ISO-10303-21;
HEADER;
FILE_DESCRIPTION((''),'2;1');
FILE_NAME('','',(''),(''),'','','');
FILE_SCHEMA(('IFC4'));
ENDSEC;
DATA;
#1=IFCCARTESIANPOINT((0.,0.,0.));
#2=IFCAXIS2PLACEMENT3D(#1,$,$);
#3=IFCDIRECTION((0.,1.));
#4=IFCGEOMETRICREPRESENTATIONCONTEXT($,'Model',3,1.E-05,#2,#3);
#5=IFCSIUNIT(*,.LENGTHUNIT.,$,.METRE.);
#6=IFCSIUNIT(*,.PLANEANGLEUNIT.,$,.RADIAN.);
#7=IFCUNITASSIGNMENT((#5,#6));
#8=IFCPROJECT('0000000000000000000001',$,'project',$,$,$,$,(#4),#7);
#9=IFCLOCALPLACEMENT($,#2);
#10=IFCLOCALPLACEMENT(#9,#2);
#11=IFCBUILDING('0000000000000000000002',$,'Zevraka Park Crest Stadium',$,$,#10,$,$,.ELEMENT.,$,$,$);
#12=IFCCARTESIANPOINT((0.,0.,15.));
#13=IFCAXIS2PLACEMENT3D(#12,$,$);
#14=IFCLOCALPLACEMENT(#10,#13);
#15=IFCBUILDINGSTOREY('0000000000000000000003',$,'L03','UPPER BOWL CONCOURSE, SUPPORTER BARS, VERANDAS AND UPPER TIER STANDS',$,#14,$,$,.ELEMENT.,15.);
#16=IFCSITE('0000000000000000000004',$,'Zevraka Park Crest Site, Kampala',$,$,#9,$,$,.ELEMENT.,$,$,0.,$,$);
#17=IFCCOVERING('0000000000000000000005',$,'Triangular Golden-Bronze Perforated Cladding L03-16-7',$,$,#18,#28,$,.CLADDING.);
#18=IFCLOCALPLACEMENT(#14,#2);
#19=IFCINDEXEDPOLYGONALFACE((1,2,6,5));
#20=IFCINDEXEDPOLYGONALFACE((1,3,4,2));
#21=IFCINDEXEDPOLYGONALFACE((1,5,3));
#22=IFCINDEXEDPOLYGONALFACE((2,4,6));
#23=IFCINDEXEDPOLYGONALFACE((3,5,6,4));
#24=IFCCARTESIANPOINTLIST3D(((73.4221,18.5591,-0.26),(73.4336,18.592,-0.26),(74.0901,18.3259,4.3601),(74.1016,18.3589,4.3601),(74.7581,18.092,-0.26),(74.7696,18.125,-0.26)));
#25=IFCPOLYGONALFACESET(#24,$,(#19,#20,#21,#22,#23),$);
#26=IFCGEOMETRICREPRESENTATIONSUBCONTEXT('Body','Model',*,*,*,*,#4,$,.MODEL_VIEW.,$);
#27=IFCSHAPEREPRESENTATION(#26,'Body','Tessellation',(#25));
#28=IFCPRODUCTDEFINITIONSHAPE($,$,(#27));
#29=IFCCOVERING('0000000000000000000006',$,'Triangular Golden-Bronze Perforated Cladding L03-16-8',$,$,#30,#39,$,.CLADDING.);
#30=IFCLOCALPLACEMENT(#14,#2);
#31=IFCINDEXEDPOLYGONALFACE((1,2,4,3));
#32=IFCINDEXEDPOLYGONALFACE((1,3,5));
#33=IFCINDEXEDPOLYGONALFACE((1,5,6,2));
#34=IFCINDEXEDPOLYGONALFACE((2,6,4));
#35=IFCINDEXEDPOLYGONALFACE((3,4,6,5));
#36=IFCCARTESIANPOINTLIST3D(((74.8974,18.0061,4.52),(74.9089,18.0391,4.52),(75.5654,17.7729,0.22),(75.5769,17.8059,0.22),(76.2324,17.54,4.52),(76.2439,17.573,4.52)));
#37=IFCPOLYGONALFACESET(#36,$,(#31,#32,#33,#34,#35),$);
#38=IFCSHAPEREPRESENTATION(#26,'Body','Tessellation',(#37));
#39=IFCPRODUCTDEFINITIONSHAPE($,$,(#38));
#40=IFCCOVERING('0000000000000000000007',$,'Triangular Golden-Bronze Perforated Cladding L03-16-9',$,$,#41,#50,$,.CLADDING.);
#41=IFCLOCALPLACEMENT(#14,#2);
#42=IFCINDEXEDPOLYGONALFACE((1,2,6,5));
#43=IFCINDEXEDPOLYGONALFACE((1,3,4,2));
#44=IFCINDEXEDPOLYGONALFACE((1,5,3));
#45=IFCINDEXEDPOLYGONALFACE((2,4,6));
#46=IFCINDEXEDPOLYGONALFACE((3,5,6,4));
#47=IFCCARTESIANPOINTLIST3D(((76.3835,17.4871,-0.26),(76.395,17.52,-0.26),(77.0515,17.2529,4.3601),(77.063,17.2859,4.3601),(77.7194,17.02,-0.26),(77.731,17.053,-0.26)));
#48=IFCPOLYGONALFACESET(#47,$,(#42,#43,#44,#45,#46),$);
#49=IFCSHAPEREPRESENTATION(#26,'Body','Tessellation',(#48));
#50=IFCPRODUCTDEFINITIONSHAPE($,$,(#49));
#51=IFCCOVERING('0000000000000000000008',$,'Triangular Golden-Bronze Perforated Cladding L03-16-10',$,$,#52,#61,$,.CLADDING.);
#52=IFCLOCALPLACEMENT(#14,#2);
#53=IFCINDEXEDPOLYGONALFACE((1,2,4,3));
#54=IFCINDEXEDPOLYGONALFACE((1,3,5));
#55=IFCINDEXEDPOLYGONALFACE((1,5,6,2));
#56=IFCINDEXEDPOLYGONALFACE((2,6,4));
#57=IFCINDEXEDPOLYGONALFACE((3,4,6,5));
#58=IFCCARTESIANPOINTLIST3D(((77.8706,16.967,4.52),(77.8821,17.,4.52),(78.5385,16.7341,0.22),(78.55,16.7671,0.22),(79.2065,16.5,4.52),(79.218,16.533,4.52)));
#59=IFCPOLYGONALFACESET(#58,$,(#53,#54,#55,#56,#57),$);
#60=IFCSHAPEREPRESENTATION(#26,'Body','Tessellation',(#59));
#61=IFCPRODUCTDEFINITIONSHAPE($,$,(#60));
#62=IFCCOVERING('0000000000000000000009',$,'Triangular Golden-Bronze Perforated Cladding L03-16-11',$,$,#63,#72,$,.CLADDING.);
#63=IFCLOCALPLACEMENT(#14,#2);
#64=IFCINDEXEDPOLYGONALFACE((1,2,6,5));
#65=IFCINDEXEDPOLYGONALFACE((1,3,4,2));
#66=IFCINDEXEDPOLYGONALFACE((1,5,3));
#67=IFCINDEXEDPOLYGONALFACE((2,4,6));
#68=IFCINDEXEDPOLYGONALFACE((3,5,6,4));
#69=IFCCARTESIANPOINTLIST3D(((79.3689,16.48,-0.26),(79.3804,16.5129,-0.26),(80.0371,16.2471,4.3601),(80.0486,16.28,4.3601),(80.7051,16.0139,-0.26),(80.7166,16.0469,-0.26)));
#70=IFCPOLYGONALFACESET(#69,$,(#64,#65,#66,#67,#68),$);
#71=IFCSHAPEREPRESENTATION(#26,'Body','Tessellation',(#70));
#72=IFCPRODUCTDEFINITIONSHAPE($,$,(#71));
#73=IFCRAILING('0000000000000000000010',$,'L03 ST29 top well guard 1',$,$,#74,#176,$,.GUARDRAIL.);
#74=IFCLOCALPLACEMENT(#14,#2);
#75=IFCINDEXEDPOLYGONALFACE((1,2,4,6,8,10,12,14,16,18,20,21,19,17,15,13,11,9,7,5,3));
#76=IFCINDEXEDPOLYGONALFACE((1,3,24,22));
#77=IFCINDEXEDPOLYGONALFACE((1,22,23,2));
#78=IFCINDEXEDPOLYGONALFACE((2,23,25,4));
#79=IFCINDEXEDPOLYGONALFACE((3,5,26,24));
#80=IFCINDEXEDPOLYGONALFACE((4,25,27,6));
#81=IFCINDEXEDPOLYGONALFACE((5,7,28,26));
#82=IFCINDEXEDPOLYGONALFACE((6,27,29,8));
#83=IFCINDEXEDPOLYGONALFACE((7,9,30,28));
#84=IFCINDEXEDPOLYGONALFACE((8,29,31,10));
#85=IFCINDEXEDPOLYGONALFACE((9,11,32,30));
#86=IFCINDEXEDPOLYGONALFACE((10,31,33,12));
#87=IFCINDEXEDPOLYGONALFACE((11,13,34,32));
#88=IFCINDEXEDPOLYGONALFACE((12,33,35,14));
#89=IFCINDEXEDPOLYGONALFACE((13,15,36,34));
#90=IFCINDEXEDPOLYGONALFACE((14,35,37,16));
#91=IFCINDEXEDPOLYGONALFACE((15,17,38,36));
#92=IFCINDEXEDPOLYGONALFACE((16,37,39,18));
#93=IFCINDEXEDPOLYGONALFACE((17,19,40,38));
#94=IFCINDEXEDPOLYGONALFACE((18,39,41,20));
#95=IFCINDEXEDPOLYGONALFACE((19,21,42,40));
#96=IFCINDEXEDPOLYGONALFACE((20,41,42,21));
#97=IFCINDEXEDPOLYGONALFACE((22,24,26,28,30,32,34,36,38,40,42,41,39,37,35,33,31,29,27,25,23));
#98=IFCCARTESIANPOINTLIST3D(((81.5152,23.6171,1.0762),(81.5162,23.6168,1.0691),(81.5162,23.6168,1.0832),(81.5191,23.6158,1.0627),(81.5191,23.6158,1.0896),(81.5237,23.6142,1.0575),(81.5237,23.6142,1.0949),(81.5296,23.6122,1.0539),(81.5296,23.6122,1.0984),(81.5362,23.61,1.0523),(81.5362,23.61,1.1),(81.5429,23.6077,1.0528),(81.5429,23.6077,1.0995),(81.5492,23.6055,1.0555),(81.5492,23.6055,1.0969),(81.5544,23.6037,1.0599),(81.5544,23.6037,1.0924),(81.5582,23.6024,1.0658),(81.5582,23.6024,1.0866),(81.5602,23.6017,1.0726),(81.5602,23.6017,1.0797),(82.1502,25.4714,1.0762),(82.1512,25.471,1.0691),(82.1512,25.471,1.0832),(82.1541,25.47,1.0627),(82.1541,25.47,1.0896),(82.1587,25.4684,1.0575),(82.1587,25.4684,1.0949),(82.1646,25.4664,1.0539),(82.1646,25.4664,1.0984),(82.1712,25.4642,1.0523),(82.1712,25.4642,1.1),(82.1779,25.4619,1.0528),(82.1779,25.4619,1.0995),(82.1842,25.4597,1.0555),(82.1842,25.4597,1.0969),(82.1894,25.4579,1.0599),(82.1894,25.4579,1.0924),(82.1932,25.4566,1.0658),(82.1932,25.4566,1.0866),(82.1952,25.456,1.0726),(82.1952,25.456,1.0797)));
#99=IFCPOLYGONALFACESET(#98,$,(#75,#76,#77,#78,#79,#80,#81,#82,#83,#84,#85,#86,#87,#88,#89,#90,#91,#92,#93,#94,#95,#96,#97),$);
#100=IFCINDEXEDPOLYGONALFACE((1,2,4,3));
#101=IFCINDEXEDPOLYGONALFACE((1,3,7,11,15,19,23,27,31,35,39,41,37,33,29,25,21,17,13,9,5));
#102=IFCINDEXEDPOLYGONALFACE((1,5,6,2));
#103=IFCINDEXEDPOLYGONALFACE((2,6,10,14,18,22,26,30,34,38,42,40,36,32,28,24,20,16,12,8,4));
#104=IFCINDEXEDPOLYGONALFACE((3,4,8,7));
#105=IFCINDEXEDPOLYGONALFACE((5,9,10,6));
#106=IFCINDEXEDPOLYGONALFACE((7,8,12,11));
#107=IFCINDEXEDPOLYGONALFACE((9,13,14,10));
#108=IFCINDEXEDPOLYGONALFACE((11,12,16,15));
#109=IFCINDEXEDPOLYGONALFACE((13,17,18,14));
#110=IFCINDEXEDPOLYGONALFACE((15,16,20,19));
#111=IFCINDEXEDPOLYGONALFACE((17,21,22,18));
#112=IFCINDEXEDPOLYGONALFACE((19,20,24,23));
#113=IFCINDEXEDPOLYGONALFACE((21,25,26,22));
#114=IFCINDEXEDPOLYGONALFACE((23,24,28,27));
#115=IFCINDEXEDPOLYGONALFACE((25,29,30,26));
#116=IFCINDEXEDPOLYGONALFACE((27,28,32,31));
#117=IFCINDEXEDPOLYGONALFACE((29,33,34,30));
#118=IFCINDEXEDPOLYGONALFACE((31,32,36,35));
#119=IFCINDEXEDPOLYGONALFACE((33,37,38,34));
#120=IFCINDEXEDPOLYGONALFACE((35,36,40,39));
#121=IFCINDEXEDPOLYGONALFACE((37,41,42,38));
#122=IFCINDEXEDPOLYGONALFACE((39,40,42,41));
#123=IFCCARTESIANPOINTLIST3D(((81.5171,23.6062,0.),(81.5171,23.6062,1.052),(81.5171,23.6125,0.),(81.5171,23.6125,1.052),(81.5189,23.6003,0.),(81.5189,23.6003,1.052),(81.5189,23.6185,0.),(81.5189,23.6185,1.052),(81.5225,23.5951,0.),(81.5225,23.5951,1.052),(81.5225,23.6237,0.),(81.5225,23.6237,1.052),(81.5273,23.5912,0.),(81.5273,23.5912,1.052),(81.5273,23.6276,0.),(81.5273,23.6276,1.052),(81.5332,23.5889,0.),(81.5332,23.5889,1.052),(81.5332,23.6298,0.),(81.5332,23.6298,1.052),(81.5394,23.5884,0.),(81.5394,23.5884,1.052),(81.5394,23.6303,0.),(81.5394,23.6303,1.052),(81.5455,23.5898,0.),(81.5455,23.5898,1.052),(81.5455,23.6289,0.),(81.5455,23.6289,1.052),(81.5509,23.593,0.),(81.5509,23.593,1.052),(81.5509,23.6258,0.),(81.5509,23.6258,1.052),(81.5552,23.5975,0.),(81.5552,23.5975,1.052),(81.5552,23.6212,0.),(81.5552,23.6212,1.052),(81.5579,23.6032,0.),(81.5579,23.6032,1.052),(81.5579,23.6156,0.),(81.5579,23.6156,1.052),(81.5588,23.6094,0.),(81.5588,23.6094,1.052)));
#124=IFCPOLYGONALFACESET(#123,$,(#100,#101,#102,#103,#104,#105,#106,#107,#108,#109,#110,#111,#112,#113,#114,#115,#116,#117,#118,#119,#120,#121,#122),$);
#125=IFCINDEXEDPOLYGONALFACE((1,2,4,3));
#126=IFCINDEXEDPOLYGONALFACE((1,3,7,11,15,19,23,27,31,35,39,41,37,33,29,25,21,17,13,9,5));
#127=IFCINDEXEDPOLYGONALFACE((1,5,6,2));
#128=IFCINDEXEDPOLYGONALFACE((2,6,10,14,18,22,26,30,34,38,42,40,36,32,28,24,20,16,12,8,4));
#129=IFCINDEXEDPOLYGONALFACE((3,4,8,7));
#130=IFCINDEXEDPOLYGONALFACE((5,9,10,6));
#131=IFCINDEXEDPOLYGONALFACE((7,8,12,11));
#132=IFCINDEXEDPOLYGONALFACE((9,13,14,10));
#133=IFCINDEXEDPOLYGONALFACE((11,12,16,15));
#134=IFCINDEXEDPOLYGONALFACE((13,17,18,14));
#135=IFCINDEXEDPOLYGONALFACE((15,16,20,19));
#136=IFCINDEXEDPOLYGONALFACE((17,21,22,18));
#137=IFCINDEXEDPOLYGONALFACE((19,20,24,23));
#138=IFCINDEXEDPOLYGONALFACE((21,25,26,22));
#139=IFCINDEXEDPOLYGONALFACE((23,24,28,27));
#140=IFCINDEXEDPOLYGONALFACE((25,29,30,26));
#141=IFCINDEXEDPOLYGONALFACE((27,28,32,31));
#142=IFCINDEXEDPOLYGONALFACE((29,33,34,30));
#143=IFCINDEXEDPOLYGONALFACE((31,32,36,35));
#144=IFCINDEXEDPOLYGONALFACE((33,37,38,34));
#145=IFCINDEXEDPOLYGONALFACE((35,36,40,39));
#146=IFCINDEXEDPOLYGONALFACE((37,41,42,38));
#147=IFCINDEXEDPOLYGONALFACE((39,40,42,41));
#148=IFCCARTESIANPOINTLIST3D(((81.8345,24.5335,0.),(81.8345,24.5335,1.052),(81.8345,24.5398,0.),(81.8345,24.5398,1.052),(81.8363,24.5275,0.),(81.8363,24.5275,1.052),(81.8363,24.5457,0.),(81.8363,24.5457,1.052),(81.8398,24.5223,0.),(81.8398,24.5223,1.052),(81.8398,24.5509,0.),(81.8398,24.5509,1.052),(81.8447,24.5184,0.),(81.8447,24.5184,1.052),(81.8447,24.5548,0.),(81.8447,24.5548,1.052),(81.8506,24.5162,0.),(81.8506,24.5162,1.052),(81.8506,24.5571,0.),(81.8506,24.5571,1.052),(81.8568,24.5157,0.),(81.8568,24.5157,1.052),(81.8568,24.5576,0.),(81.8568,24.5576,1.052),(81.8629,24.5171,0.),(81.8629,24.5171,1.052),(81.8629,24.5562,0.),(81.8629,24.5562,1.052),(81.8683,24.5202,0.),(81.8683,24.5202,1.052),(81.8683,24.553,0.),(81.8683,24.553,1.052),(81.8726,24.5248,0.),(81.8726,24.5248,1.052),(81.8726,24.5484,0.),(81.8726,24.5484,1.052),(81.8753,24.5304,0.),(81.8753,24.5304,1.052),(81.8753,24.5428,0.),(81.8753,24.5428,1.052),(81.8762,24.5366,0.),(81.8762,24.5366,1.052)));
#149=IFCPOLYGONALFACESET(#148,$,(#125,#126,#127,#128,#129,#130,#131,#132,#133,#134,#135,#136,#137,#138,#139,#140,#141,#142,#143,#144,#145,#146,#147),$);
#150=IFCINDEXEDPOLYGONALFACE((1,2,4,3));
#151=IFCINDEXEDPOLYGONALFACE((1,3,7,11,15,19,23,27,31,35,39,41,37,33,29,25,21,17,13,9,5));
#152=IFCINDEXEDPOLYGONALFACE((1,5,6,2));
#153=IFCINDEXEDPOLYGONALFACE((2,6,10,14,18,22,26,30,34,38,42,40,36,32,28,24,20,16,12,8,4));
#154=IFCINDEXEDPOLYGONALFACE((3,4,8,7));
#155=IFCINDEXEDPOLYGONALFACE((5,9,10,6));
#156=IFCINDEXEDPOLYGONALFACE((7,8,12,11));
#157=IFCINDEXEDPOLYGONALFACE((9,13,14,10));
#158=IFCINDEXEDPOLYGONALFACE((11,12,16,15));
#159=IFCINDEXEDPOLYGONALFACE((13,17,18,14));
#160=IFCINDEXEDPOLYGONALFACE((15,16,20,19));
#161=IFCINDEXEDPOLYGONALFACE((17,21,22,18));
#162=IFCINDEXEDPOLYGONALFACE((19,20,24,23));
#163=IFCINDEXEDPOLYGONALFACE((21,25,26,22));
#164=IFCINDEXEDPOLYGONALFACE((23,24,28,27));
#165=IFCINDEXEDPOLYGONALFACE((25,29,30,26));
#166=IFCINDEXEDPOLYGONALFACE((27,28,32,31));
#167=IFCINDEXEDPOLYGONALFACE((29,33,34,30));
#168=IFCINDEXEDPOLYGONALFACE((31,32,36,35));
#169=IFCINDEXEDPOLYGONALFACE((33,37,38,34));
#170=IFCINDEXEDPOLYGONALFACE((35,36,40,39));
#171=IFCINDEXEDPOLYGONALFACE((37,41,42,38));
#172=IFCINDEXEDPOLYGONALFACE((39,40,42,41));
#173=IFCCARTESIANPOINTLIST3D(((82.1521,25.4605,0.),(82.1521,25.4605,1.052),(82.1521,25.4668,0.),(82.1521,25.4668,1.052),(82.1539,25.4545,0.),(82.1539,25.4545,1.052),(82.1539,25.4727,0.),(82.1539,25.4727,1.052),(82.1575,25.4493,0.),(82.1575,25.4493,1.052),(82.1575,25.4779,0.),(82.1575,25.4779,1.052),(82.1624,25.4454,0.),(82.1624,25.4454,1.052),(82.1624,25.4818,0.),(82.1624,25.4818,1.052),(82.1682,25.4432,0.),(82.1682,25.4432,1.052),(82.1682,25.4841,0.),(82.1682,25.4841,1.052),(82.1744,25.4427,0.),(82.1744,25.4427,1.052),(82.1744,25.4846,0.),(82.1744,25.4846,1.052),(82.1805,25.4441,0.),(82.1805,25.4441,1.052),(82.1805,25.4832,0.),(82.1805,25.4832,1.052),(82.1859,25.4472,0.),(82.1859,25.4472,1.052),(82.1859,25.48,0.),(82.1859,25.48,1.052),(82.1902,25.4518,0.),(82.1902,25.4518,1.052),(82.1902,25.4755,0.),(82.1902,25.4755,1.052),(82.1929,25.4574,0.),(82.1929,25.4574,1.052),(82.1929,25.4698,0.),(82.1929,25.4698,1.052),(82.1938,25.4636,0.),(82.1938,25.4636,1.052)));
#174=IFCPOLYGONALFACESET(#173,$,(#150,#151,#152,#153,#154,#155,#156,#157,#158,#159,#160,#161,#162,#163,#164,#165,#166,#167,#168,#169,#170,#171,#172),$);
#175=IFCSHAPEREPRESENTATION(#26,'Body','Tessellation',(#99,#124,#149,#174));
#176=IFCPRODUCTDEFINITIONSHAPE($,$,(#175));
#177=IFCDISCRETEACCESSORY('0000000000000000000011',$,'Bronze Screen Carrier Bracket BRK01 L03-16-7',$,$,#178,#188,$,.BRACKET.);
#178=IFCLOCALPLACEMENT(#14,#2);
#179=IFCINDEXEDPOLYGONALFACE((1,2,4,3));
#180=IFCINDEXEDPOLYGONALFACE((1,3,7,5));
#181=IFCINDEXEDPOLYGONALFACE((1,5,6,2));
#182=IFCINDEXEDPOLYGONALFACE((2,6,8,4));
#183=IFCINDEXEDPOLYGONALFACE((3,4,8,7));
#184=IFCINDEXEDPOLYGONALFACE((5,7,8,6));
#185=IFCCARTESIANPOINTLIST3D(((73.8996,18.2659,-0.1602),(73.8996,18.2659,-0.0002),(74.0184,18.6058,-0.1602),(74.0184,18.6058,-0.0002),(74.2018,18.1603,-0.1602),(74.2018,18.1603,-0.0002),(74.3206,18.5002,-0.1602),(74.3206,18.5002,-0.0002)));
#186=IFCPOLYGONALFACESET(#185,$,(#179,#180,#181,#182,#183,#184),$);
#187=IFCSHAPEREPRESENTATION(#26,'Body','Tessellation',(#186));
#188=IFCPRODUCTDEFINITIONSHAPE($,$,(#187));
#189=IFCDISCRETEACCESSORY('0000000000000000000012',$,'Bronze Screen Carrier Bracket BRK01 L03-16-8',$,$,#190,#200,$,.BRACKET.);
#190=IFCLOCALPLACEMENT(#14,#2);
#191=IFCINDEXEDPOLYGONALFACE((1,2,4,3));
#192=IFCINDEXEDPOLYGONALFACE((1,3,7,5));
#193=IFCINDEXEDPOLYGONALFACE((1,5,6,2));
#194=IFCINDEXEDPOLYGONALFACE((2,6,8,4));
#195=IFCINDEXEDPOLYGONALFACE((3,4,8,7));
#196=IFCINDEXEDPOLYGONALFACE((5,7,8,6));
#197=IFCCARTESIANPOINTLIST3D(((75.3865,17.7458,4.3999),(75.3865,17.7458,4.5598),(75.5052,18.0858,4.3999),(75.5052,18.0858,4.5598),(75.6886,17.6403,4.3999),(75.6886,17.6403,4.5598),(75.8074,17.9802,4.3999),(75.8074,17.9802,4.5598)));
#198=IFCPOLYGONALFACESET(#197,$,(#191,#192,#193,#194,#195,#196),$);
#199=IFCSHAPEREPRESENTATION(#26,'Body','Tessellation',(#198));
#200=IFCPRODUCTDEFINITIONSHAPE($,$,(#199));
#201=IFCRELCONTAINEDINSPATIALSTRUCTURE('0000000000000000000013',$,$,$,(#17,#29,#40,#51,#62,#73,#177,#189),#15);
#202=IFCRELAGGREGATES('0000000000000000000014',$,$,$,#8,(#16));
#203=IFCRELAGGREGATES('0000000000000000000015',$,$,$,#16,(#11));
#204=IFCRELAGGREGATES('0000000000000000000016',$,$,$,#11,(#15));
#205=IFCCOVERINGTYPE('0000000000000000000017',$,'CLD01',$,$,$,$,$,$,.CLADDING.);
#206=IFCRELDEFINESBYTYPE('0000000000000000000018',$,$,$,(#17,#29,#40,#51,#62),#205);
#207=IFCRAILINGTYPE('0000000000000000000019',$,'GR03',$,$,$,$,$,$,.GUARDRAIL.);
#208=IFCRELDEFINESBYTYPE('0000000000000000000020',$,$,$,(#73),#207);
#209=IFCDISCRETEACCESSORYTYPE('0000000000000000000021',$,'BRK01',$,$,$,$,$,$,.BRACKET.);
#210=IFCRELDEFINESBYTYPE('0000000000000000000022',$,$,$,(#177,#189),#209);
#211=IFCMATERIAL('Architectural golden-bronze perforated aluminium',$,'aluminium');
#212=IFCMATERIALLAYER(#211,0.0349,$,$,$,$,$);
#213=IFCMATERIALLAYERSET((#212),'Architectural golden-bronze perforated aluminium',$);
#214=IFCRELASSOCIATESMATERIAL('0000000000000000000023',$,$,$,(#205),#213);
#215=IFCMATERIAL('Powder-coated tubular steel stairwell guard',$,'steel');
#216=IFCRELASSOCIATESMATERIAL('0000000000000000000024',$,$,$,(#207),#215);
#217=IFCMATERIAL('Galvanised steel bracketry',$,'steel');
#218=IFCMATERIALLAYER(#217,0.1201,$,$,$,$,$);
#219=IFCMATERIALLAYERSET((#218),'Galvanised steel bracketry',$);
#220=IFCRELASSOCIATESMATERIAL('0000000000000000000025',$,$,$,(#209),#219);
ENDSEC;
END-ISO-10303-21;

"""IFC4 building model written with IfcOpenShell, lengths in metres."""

from ifc_helpers import new_model, si_unit, direction, frame, origin, origin_2d, place, context, subcontext, project, spatial, polyline, rectangle, circle, outline, extrude, material, layer, layer_set, type_object, element, save


model = new_model("IFC4")

# Units and contexts
model_context = context("Model", 3, precision=1e-05, world=origin(), true_north=direction((0.0, 1.0)))
body_context = subcontext(model_context, "Body", "Model", "MODEL_VIEW")
ifc_project = project(units=[si_unit("LENGTHUNIT", "METRE"), si_unit("PLANEANGLEUNIT", "RADIAN")], contexts=[model_context])

# Site, building, storey
site_placement = place(None, origin())
site = spatial("IfcSite", under=ifc_project, at=site_placement, Name="Zevraka Park Crest Site, Kampala", CompositionType="ELEMENT", RefElevation=0.0)
building_placement = place(site_placement, origin())
building = spatial("IfcBuilding", under=site, at=building_placement, Name="Zevraka Park Crest Stadium", CompositionType="ELEMENT")
storey_placement = place(building_placement, frame((0.0, 0.0, 15.0)))
storey = spatial("IfcBuildingStorey", under=building, at=storey_placement, Name="L03", Description="UPPER BOWL CONCOURSE, SUPPORTER BARS, VERANDAS AND UPPER TIER STANDS", CompositionType="ELEMENT", Elevation=15.0)

# Coverings
ifc_material_1 = material(Name="Architectural golden-bronze perforated aluminium", Category="aluminium")
ifc_layer_1 = layer(ifc_material_1, 0.0349)
ifc_layer_set_1 = layer_set([ifc_layer_1], Name="Architectural golden-bronze perforated aluminium")
covering_type = type_object("IfcCoveringType", Name="CLD01", PredefinedType="CLADDING", material=ifc_layer_set_1)
covering_1_placement = place(storey_placement, frame((73.4221, 18.5591, -0.26), z_axis=(-0.330012, -0.943977, 0.000075), x_axis=(0.943977, -0.330012, 0.0)))
element("IfcCovering", 1, at=covering_1_placement, inside=storey, type_object=covering_type, Name="Triangular Golden-Bronze Perforated Cladding L03-16-7", PredefinedType="CLADDING", context=body_context, shape_type="SweptSolid", body=[
    extrude(outline(polyline([(0.0, 0.0), (1.4152, 0.0), (0.7075, 4.6201), (0.0, 0.0)])), origin(), (0.0, 0.0, -1.0), 0.0349),
])
covering_2_placement = place(storey_placement, frame((76.2439, 17.573, 4.52), z_axis=(0.329612, 0.944116, 0.000011), x_axis=(-0.944116, 0.329612, 0.0)))
element("IfcCovering", 2, at=covering_2_placement, inside=storey, type_object=covering_type, Name="Triangular Golden-Bronze Perforated Cladding L03-16-8", PredefinedType="CLADDING", context=body_context, shape_type="SweptSolid", body=[
    extrude(outline(polyline([(0.0, 0.0), (1.414, 0.0), (0.7065, -4.3), (0.0, 0.0)])), origin(), (0.0, 0.0, -1.0), 0.0349),
])
covering_3_placement = place(storey_placement, frame((76.395, 17.52, -0.26), z_axis=(0.330012, 0.943977, 0.000125), x_axis=(0.943977, -0.330012, 0.0)))
element("IfcCovering", 3, at=covering_3_placement, inside=storey, type_object=covering_type, Name="Triangular Golden-Bronze Perforated Cladding L03-16-9", PredefinedType="CLADDING", context=body_context, shape_type="SweptSolid", body=[
    extrude(outline(polyline([(0.0, 0.0), (1.4152, 0.0), (0.7078, -4.6201), (0.0, 0.0)])), origin(), (0.0, 0.0, -1.0), 0.0349),
])
covering_4_placement = place(storey_placement, frame((79.218, 16.533, 4.52), z_axis=(0.330012, 0.943977, 0.000134), x_axis=(-0.943977, 0.330012, 0.0)))
element("IfcCovering", 4, at=covering_4_placement, inside=storey, type_object=covering_type, Name="Triangular Golden-Bronze Perforated Cladding L03-16-10", PredefinedType="CLADDING", context=body_context, shape_type="SweptSolid", body=[
    extrude(outline(polyline([(0.0, 0.0), (1.4152, 0.0), (0.7078, -4.3), (0.0, 0.0)])), origin(), (0.0, 0.0, -1.0), 0.0349),
])
covering_5_placement = place(storey_placement, frame((79.3689, 16.48, -0.26), z_axis=(-0.329344, -0.94421, 0.000034), x_axis=(0.94421, -0.329344, 0.0)))
element("IfcCovering", 5, at=covering_5_placement, inside=storey, type_object=covering_type, Name="Triangular Golden-Bronze Perforated Cladding L03-16-11", PredefinedType="CLADDING", context=body_context, shape_type="SweptSolid", body=[
    extrude(outline(polyline([(0.0, 0.0), (1.4151, 0.0), (0.7076, 4.6201), (0.0, 0.0)])), origin(), (0.0, 0.0, -1.0), 0.0349),
])

# Railing
ifc_material_2 = material(Name="Powder-coated tubular steel stairwell guard", Category="steel")
railing_type = type_object("IfcRailingType", Name="GR03", PredefinedType="GUARDRAIL", material=ifc_material_2)
railing_placement = place(storey_placement, frame((81.5378, 23.6094, 0.0)))
element("IfcRailing", 6, at=railing_placement, inside=storey, type_object=railing_type, Name="L03 ST29 top well guard 1", PredefinedType="GUARDRAIL", context=body_context, shape_type="SweptSolid", body=[
    extrude(circle(Radius=0.0239, at=origin_2d()), frame((0.0, 0.0, 1.0762), z_axis=(0.32399, 0.946061, 0.0), x_axis=(-0.946061, 0.32399, 0.0)), (0.0, 0.0, 1.0), 1.96),
    extrude(circle(Radius=0.021, at=origin_2d()), origin(), (0.0, 0.0, 1.0), 1.052),
    extrude(circle(Radius=0.021, at=origin_2d()), frame((0.3174, 0.9272, 0.0)), (0.0, 0.0, 1.0), 1.052),
    extrude(circle(Radius=0.021, at=origin_2d()), frame((0.635, 1.8542, 0.0)), (0.0, 0.0, 1.0), 1.052),
])

# Discrete accessories
ifc_material_3 = material(Name="Galvanised steel bracketry", Category="steel")
ifc_layer_2 = layer(ifc_material_3, 0.1201)
ifc_layer_set_2 = layer_set([ifc_layer_2], Name="Galvanised steel bracketry")
discrete_accessory_type = type_object("IfcDiscreteAccessoryType", Name="BRK01", PredefinedType="BRACKET", material=ifc_layer_set_2)
for number, where, z_axis, x_axis, name in (
    (7, (74.1101, 18.3831, -0.1602), (0.0, 0.0, 1.0), (0.944031, -0.329855, 0.0), "Bronze Screen Carrier Bracket BRK01 L03-16-7"),
    (8, (75.5969, 17.863, 4.3999), (0.0, 0.0, 1.0), (0.944031, -0.329855, 0.0), "Bronze Screen Carrier Bracket BRK01 L03-16-8"),
):
    element("IfcDiscreteAccessory", number, at=place(storey_placement, frame(where, z_axis=z_axis, x_axis=x_axis)), inside=storey, type_object=discrete_accessory_type, Name=name, PredefinedType="BRACKET", context=body_context, shape_type="SweptSolid", body=[
        extrude(rectangle(XDim=0.3201, YDim=0.3601, at=origin_2d()), origin(), (0.0, 0.0, 1.0), 0.1599),
    ])

save(model, "model.ifc")
